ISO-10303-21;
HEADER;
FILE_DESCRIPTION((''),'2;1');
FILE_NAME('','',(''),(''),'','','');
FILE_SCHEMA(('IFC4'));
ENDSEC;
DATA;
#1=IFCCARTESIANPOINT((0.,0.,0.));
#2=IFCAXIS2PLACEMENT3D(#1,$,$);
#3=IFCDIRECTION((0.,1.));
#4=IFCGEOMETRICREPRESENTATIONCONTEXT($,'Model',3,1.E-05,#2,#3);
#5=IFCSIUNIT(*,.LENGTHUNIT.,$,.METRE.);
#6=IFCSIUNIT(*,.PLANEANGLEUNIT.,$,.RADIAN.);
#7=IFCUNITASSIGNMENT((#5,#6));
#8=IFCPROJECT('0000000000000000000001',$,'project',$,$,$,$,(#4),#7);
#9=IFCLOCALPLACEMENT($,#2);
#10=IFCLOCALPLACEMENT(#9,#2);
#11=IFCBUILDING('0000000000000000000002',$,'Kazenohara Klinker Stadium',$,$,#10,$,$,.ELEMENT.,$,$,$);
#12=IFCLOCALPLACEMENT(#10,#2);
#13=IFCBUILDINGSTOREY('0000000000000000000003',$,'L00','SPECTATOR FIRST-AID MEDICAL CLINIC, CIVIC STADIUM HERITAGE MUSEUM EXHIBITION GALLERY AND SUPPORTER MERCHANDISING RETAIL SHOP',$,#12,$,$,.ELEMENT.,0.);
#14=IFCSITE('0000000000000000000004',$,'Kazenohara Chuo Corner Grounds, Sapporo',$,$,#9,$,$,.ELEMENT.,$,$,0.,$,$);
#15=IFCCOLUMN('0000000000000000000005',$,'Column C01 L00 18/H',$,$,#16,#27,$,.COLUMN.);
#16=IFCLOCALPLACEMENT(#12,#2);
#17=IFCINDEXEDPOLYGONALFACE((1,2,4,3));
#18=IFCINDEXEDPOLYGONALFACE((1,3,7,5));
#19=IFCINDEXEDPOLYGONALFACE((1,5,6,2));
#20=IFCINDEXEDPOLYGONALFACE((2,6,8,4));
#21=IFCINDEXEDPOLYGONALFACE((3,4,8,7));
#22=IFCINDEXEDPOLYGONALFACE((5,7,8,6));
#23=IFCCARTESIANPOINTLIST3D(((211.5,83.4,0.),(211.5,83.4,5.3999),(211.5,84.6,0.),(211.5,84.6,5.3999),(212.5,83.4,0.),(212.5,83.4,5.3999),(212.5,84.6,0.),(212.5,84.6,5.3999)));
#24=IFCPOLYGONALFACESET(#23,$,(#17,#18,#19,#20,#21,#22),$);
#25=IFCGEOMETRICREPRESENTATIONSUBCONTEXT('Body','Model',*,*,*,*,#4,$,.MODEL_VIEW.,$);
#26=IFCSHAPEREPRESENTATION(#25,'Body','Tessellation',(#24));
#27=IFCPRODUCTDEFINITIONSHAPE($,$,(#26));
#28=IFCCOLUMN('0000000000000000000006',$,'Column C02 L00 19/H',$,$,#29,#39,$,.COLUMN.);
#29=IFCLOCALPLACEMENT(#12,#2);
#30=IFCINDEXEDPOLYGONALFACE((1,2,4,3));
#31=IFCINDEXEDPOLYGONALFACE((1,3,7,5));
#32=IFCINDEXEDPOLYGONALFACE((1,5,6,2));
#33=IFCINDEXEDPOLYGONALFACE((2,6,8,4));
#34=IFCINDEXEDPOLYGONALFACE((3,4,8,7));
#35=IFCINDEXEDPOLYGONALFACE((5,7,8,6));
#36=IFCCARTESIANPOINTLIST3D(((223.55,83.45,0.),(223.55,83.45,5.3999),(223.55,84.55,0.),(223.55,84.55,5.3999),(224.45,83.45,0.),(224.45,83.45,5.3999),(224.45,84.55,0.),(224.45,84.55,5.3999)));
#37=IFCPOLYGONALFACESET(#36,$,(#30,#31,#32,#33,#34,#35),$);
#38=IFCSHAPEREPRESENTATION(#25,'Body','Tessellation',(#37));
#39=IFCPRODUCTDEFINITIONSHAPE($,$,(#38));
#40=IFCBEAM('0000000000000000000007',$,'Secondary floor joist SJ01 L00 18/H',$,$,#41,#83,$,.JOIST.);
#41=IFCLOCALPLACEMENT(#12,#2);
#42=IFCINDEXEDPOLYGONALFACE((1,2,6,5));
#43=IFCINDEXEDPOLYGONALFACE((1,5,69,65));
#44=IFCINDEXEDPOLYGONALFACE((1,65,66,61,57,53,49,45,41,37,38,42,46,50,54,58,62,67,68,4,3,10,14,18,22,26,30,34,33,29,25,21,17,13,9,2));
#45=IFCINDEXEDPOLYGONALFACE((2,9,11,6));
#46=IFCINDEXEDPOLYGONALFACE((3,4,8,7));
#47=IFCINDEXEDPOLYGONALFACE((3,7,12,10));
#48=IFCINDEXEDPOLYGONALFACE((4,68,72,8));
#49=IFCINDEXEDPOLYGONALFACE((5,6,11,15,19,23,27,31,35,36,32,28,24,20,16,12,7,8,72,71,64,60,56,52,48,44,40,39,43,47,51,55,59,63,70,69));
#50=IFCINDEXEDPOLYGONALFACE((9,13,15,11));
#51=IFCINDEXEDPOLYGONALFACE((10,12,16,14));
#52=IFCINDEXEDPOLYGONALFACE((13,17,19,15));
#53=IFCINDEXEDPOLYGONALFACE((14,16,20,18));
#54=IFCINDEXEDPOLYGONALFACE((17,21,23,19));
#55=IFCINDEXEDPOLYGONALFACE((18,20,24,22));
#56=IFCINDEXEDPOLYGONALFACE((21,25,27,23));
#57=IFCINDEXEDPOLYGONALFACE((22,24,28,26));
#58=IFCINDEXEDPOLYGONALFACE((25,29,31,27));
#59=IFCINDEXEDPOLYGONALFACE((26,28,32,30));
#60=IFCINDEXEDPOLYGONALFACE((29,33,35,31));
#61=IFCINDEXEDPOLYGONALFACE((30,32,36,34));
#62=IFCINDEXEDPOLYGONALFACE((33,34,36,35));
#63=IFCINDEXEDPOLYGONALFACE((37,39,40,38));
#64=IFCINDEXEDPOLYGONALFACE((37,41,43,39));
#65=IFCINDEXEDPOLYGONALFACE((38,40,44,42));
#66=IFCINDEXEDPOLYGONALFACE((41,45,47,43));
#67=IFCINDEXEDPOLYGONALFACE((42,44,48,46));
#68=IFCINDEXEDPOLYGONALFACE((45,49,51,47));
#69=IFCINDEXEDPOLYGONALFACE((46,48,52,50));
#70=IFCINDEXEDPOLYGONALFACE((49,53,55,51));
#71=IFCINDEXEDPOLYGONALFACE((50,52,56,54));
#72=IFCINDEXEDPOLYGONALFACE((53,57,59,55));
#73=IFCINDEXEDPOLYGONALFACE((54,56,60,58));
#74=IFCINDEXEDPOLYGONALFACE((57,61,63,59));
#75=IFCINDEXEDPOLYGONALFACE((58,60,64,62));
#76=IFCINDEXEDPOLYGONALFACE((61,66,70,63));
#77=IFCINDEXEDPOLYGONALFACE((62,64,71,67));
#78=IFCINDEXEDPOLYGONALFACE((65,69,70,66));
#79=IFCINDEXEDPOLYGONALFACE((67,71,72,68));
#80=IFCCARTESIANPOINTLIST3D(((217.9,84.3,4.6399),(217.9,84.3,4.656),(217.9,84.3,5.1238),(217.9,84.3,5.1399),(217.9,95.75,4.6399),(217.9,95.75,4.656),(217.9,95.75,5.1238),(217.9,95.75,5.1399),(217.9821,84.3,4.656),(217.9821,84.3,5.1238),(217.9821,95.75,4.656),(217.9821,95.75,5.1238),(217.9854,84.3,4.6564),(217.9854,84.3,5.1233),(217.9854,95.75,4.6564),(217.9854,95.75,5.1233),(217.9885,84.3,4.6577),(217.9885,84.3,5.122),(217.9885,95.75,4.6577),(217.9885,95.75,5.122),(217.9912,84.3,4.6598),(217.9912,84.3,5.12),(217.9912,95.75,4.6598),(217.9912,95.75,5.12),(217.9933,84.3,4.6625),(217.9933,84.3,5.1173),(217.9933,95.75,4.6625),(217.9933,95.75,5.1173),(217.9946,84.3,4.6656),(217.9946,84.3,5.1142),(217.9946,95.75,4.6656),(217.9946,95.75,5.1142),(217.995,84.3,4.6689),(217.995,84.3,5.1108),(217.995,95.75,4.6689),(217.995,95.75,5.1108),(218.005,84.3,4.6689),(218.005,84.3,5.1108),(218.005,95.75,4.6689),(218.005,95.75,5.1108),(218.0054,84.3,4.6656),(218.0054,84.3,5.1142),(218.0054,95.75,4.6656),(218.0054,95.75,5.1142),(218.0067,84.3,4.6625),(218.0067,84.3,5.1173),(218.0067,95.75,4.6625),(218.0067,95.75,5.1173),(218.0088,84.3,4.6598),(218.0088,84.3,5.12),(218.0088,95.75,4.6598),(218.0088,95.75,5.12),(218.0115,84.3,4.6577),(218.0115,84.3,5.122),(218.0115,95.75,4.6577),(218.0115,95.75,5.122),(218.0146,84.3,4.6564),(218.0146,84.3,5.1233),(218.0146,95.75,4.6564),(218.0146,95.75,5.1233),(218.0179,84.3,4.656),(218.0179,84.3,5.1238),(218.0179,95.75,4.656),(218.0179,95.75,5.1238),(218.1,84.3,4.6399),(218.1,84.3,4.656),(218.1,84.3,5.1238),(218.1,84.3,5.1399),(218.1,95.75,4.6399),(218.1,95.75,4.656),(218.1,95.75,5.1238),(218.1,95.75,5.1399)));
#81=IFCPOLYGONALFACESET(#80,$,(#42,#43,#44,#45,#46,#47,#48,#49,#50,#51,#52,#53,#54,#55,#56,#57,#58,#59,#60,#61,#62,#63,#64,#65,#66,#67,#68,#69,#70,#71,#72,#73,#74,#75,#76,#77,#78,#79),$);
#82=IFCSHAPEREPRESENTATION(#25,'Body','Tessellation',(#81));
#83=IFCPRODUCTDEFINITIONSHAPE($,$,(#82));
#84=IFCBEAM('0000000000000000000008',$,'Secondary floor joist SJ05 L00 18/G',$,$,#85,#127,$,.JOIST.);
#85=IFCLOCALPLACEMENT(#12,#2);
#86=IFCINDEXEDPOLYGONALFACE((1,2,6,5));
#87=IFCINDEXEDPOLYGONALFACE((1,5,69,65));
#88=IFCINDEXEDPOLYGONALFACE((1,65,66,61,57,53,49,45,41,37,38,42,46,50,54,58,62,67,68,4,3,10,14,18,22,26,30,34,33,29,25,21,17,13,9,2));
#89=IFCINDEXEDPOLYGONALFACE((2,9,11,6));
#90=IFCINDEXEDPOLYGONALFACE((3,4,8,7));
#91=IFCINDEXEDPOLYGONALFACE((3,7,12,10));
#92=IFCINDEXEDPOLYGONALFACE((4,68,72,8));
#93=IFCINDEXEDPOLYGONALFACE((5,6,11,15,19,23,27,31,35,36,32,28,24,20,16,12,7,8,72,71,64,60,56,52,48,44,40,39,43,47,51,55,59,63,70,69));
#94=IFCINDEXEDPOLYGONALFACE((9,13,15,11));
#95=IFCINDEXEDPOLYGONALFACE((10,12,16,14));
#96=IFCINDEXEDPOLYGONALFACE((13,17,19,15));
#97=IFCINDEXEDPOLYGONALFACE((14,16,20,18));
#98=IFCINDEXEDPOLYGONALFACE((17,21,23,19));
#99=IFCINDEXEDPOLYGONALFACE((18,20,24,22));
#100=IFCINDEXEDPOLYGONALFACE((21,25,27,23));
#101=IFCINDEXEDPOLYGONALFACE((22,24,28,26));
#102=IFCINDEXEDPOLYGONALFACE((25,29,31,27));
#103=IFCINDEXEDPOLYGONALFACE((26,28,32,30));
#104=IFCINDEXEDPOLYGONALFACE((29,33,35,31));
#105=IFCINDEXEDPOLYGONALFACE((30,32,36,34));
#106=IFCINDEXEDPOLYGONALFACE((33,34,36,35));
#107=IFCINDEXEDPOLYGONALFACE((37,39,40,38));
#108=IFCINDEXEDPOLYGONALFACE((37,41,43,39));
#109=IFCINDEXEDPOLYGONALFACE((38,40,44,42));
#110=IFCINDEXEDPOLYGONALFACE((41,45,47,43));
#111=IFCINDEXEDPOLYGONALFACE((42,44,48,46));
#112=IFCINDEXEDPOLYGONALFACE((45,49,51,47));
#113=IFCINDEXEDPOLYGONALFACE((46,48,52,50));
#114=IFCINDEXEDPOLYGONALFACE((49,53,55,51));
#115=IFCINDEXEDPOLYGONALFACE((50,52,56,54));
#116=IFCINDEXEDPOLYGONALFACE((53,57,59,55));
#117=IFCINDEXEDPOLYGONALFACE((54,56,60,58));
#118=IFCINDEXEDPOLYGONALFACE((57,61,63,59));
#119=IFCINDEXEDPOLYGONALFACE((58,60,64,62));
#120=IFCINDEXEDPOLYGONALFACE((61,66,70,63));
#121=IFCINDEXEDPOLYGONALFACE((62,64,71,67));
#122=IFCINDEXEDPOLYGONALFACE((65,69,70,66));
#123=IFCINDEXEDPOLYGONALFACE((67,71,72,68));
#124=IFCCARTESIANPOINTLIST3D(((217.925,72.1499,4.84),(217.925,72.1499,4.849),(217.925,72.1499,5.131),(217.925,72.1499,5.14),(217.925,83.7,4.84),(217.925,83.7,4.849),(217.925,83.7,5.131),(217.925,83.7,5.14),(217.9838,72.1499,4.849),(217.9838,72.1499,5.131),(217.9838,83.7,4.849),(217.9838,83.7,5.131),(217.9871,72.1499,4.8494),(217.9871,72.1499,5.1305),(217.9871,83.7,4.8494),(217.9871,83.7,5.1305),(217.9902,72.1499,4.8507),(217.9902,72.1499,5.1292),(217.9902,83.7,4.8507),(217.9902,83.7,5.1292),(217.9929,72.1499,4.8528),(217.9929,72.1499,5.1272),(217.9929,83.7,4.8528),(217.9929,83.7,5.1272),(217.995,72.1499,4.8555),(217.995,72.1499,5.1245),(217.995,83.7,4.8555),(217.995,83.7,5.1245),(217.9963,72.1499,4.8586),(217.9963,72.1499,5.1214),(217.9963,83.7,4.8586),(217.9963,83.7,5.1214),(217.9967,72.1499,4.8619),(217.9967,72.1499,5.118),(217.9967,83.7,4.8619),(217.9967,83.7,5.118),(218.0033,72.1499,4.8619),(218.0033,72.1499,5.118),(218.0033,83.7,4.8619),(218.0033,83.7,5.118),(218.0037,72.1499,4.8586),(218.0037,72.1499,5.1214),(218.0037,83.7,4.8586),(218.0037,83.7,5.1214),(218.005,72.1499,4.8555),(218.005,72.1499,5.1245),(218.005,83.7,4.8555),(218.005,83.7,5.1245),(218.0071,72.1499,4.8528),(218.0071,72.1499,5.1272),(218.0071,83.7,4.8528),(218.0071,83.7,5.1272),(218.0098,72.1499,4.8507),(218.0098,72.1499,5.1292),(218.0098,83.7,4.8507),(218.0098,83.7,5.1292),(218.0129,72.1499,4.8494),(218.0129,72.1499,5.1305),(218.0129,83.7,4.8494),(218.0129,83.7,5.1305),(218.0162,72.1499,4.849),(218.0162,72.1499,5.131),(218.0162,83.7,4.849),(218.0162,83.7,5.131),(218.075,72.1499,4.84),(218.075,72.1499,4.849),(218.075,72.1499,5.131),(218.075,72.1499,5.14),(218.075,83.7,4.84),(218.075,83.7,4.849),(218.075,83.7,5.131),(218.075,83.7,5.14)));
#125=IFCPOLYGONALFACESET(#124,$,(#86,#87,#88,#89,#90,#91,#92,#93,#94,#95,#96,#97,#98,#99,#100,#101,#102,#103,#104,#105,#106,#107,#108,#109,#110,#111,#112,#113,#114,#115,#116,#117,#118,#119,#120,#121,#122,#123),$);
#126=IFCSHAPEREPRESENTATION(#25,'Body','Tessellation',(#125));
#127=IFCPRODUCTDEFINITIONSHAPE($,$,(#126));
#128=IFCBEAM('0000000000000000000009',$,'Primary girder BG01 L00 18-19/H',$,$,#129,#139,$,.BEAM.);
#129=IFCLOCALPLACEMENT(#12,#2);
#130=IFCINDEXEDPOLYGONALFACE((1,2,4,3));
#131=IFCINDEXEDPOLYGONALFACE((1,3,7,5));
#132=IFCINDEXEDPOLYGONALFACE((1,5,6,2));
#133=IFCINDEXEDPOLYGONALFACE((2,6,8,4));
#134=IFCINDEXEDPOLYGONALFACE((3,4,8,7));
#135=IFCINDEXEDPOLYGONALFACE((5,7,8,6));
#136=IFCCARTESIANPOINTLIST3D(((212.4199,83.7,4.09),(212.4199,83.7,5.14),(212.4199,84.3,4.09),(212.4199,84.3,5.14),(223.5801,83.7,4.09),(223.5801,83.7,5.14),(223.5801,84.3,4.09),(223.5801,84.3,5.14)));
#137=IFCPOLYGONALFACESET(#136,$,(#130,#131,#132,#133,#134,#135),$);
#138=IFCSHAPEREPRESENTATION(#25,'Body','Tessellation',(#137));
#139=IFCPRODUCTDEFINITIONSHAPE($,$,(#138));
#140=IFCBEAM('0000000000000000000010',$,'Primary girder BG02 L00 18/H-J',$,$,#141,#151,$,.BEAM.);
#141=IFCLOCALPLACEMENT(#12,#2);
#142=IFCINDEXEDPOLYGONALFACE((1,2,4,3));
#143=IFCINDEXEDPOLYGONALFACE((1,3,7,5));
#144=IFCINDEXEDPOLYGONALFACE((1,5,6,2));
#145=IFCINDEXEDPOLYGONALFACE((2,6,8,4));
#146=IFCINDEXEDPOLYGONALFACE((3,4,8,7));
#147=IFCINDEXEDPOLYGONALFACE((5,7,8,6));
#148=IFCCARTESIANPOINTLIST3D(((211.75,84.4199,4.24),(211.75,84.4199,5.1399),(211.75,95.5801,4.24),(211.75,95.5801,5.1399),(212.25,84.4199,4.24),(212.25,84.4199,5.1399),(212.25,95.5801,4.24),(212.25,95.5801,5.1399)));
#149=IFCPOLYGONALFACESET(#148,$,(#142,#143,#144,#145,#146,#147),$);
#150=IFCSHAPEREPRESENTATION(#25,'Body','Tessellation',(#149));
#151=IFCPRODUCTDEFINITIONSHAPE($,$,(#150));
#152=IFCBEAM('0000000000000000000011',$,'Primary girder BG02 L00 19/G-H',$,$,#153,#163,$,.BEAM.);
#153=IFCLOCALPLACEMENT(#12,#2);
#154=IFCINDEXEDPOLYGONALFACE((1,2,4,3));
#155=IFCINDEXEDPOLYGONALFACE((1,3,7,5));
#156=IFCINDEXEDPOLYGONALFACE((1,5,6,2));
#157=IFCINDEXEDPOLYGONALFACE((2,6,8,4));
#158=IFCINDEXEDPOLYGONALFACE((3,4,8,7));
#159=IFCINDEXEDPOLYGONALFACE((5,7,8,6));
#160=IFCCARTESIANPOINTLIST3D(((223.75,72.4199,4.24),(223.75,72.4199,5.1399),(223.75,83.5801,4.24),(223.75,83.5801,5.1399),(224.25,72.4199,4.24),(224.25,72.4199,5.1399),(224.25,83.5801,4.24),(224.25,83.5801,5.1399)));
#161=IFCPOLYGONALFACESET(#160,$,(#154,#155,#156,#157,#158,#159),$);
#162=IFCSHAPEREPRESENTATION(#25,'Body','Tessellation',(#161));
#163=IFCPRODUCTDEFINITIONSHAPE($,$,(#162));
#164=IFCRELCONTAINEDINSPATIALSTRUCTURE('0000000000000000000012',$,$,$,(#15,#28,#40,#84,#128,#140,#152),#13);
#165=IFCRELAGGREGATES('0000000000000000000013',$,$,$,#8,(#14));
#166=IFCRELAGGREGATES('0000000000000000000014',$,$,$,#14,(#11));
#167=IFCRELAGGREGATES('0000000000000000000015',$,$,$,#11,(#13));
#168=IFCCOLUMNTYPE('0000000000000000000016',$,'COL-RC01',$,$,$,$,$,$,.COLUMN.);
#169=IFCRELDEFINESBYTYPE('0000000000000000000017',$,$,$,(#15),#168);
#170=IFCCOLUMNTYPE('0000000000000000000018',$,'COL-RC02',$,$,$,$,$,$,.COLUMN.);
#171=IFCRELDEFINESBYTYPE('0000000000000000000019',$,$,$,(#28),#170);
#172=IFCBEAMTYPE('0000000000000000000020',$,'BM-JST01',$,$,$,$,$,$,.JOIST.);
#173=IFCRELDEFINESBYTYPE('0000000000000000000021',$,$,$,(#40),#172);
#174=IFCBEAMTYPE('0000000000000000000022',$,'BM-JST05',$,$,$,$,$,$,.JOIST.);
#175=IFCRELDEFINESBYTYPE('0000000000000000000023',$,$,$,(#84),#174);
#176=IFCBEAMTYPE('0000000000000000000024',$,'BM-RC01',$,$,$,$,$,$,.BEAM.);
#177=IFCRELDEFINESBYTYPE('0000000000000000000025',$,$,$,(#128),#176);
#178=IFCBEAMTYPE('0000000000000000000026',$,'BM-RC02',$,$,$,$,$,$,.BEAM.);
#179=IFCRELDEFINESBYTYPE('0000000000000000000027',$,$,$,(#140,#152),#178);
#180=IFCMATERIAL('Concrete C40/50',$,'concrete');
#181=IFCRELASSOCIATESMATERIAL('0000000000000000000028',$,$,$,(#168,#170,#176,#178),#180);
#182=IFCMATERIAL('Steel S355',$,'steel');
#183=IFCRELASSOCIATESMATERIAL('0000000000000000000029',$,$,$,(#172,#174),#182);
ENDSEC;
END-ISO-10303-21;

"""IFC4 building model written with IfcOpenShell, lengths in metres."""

from ifc_helpers import new_model, si_unit, direction, frame, origin, origin_2d, place, context, subcontext, project, spatial, rectangle, i_section, extrude, material, material_profile, profile_set, type_object, element, save


model = new_model("IFC4")

# Units and contexts
model_context = context("Model", 3, precision=1e-05, world=origin(), true_north=direction((0.0, 1.0)))
body_context = subcontext(model_context, "Body", "Model", "MODEL_VIEW")
ifc_project = project(units=[si_unit("LENGTHUNIT", "METRE"), si_unit("PLANEANGLEUNIT", "RADIAN")], contexts=[model_context])

# Site, building, storey
site_placement = place(None, origin())
site = spatial("IfcSite", under=ifc_project, at=site_placement, Name="Kazenohara Chuo Corner Grounds, Sapporo", CompositionType="ELEMENT", RefElevation=0.0)
building_placement = place(site_placement, origin())
building = spatial("IfcBuilding", under=site, at=building_placement, Name="Kazenohara Klinker Stadium", CompositionType="ELEMENT")
storey_placement = place(building_placement, origin())
storey = spatial("IfcBuildingStorey", under=building, at=storey_placement, Name="L00", Description="SPECTATOR FIRST-AID MEDICAL CLINIC, CIVIC STADIUM HERITAGE MUSEUM EXHIBITION GALLERY AND SUPPORTER MERCHANDISING RETAIL SHOP", CompositionType="ELEMENT", Elevation=0.0)

# Columns
ifc_material_1 = material(Name="Concrete C40/50", Category="concrete")
ifc_material_profile_1 = material_profile(ifc_material_1, rectangle(XDim=1.0, YDim=1.2, at=origin_2d()), Name="RC-COL-1200x1000")
ifc_profile_set_1 = profile_set([ifc_material_profile_1], Name="Concrete C40/50")
column_type_1 = type_object("IfcColumnType", Name="COL-RC01", PredefinedType="COLUMN", material=ifc_profile_set_1)
column_1_placement = place(storey_placement, frame((212.0, 84.0, 0.0), z_axis=(0.0, 0.0, 1.0), x_axis=(1.0, 0.0, 0.0)))
element("IfcColumn", 1, at=column_1_placement, inside=storey, type_object=column_type_1, Name="Column C01 L00 18/H", PredefinedType="COLUMN", context=body_context, shape_type="SweptSolid", body=[
    extrude(rectangle(XDim=1.0, YDim=1.2, at=origin_2d()), origin(), (0.0, 0.0, 1.0), 5.3999),
])
ifc_material_profile_2 = material_profile(ifc_material_1, rectangle(XDim=0.8999, YDim=1.1001, at=origin_2d()), Name="RC-COL-1100x900")
ifc_profile_set_2 = profile_set([ifc_material_profile_2], Name="Concrete C40/50")
column_type_2 = type_object("IfcColumnType", Name="COL-RC02", PredefinedType="COLUMN", material=ifc_profile_set_2)
column_2_placement = place(storey_placement, frame((224.0, 84.0, 0.0), z_axis=(0.0, 0.0, 1.0), x_axis=(1.0, 0.0, 0.0)))
element("IfcColumn", 2, at=column_2_placement, inside=storey, type_object=column_type_2, Name="Column C02 L00 19/H", PredefinedType="COLUMN", context=body_context, shape_type="SweptSolid", body=[
    extrude(rectangle(XDim=0.8999, YDim=1.1001, at=origin_2d()), origin(), (0.0, 0.0, 1.0), 5.3999),
])

# Beams
ifc_material_2 = material(Name="Steel S355", Category="steel")
ifc_material_profile_3 = material_profile(ifc_material_2, i_section(OverallWidth=0.2, OverallDepth=0.5, WebThickness=0.01, FlangeThickness=0.0161, FilletRadius=0.0129, at=origin_2d()), Name="H-500x200x10x16")
ifc_profile_set_3 = profile_set([ifc_material_profile_3], Name="Steel S355")
beam_type_1 = type_object("IfcBeamType", Name="BM-JST01", PredefinedType="JOIST", material=ifc_profile_set_3)
beam_1_placement = place(storey_placement, frame((218.0, 84.3, 4.8899), z_axis=(0.0, 1.0, 0.0), x_axis=(-1.0, 0.0, 0.0)))
element("IfcBeam", 3, at=beam_1_placement, inside=storey, type_object=beam_type_1, Name="Secondary floor joist SJ01 L00 18/H", PredefinedType="JOIST", context=body_context, shape_type="SweptSolid", body=[
    extrude(i_section(OverallWidth=0.2, OverallDepth=0.5, WebThickness=0.01, FlangeThickness=0.0161, FilletRadius=0.0129, at=origin_2d()), origin(), (0.0, 0.0, 1.0), 11.45),
])
ifc_material_profile_4 = material_profile(ifc_material_2, i_section(OverallWidth=0.1499, OverallDepth=0.3, WebThickness=0.0066, FlangeThickness=0.009, FilletRadius=0.0129, at=origin_2d()), Name="H-300x150x6.5x9")
ifc_profile_set_4 = profile_set([ifc_material_profile_4], Name="Steel S355")
beam_type_2 = type_object("IfcBeamType", Name="BM-JST05", PredefinedType="JOIST", material=ifc_profile_set_4)
beam_2_placement = place(storey_placement, frame((218.0, 72.1499, 4.99), z_axis=(0.0, 1.0, 0.0), x_axis=(-1.0, 0.0, 0.0)))
element("IfcBeam", 4, at=beam_2_placement, inside=storey, type_object=beam_type_2, Name="Secondary floor joist SJ05 L00 18/G", PredefinedType="JOIST", context=body_context, shape_type="SweptSolid", body=[
    extrude(i_section(OverallWidth=0.1499, OverallDepth=0.3, WebThickness=0.0066, FlangeThickness=0.009, FilletRadius=0.0129, at=origin_2d()), origin(), (0.0, 0.0, 1.0), 11.55),
])
ifc_material_profile_5 = material_profile(ifc_material_1, rectangle(XDim=0.6001, YDim=1.05, at=origin_2d()), Name="RC-BM-600x1050")
ifc_profile_set_5 = profile_set([ifc_material_profile_5], Name="Concrete C40/50")
beam_type_3 = type_object("IfcBeamType", Name="BM-RC01", PredefinedType="BEAM", material=ifc_profile_set_5)
beam_3_placement = place(storey_placement, frame((212.4199, 84.0, 4.615), z_axis=(1.0, 0.0, 0.0), x_axis=(0.0, 1.0, 0.0)))
element("IfcBeam", 5, at=beam_3_placement, inside=storey, type_object=beam_type_3, Name="Primary girder BG01 L00 18-19/H", PredefinedType="BEAM", context=body_context, shape_type="SweptSolid", body=[
    extrude(rectangle(XDim=0.6001, YDim=1.05, at=origin_2d()), origin(), (0.0, 0.0, 1.0), 11.1602),
])
ifc_material_profile_6 = material_profile(ifc_material_1, rectangle(XDim=0.5, YDim=0.8999, at=origin_2d()), Name="RC-BM-500x900")
ifc_profile_set_6 = profile_set([ifc_material_profile_6], Name="Concrete C40/50")
beam_type_4 = type_object("IfcBeamType", Name="BM-RC02", PredefinedType="BEAM", material=ifc_profile_set_6)
for number, where, z_axis, x_axis, name in (
    (6, (212.0, 84.4199, 4.6899), (0.0, 1.0, 0.0), (-1.0, 0.0, 0.0), "Primary girder BG02 L00 18/H-J"),
    (7, (224.0, 72.4199, 4.6899), (0.0, 1.0, 0.0), (-1.0, 0.0, 0.0), "Primary girder BG02 L00 19/G-H"),
):
    element("IfcBeam", number, at=place(storey_placement, frame(where, z_axis=z_axis, x_axis=x_axis)), inside=storey, type_object=beam_type_4, Name=name, PredefinedType="BEAM", context=body_context, shape_type="SweptSolid", body=[
        extrude(rectangle(XDim=0.5, YDim=0.8999, at=origin_2d()), origin(), (0.0, 0.0, 1.0), 11.1602),
    ])

save(model, "model.ifc")
